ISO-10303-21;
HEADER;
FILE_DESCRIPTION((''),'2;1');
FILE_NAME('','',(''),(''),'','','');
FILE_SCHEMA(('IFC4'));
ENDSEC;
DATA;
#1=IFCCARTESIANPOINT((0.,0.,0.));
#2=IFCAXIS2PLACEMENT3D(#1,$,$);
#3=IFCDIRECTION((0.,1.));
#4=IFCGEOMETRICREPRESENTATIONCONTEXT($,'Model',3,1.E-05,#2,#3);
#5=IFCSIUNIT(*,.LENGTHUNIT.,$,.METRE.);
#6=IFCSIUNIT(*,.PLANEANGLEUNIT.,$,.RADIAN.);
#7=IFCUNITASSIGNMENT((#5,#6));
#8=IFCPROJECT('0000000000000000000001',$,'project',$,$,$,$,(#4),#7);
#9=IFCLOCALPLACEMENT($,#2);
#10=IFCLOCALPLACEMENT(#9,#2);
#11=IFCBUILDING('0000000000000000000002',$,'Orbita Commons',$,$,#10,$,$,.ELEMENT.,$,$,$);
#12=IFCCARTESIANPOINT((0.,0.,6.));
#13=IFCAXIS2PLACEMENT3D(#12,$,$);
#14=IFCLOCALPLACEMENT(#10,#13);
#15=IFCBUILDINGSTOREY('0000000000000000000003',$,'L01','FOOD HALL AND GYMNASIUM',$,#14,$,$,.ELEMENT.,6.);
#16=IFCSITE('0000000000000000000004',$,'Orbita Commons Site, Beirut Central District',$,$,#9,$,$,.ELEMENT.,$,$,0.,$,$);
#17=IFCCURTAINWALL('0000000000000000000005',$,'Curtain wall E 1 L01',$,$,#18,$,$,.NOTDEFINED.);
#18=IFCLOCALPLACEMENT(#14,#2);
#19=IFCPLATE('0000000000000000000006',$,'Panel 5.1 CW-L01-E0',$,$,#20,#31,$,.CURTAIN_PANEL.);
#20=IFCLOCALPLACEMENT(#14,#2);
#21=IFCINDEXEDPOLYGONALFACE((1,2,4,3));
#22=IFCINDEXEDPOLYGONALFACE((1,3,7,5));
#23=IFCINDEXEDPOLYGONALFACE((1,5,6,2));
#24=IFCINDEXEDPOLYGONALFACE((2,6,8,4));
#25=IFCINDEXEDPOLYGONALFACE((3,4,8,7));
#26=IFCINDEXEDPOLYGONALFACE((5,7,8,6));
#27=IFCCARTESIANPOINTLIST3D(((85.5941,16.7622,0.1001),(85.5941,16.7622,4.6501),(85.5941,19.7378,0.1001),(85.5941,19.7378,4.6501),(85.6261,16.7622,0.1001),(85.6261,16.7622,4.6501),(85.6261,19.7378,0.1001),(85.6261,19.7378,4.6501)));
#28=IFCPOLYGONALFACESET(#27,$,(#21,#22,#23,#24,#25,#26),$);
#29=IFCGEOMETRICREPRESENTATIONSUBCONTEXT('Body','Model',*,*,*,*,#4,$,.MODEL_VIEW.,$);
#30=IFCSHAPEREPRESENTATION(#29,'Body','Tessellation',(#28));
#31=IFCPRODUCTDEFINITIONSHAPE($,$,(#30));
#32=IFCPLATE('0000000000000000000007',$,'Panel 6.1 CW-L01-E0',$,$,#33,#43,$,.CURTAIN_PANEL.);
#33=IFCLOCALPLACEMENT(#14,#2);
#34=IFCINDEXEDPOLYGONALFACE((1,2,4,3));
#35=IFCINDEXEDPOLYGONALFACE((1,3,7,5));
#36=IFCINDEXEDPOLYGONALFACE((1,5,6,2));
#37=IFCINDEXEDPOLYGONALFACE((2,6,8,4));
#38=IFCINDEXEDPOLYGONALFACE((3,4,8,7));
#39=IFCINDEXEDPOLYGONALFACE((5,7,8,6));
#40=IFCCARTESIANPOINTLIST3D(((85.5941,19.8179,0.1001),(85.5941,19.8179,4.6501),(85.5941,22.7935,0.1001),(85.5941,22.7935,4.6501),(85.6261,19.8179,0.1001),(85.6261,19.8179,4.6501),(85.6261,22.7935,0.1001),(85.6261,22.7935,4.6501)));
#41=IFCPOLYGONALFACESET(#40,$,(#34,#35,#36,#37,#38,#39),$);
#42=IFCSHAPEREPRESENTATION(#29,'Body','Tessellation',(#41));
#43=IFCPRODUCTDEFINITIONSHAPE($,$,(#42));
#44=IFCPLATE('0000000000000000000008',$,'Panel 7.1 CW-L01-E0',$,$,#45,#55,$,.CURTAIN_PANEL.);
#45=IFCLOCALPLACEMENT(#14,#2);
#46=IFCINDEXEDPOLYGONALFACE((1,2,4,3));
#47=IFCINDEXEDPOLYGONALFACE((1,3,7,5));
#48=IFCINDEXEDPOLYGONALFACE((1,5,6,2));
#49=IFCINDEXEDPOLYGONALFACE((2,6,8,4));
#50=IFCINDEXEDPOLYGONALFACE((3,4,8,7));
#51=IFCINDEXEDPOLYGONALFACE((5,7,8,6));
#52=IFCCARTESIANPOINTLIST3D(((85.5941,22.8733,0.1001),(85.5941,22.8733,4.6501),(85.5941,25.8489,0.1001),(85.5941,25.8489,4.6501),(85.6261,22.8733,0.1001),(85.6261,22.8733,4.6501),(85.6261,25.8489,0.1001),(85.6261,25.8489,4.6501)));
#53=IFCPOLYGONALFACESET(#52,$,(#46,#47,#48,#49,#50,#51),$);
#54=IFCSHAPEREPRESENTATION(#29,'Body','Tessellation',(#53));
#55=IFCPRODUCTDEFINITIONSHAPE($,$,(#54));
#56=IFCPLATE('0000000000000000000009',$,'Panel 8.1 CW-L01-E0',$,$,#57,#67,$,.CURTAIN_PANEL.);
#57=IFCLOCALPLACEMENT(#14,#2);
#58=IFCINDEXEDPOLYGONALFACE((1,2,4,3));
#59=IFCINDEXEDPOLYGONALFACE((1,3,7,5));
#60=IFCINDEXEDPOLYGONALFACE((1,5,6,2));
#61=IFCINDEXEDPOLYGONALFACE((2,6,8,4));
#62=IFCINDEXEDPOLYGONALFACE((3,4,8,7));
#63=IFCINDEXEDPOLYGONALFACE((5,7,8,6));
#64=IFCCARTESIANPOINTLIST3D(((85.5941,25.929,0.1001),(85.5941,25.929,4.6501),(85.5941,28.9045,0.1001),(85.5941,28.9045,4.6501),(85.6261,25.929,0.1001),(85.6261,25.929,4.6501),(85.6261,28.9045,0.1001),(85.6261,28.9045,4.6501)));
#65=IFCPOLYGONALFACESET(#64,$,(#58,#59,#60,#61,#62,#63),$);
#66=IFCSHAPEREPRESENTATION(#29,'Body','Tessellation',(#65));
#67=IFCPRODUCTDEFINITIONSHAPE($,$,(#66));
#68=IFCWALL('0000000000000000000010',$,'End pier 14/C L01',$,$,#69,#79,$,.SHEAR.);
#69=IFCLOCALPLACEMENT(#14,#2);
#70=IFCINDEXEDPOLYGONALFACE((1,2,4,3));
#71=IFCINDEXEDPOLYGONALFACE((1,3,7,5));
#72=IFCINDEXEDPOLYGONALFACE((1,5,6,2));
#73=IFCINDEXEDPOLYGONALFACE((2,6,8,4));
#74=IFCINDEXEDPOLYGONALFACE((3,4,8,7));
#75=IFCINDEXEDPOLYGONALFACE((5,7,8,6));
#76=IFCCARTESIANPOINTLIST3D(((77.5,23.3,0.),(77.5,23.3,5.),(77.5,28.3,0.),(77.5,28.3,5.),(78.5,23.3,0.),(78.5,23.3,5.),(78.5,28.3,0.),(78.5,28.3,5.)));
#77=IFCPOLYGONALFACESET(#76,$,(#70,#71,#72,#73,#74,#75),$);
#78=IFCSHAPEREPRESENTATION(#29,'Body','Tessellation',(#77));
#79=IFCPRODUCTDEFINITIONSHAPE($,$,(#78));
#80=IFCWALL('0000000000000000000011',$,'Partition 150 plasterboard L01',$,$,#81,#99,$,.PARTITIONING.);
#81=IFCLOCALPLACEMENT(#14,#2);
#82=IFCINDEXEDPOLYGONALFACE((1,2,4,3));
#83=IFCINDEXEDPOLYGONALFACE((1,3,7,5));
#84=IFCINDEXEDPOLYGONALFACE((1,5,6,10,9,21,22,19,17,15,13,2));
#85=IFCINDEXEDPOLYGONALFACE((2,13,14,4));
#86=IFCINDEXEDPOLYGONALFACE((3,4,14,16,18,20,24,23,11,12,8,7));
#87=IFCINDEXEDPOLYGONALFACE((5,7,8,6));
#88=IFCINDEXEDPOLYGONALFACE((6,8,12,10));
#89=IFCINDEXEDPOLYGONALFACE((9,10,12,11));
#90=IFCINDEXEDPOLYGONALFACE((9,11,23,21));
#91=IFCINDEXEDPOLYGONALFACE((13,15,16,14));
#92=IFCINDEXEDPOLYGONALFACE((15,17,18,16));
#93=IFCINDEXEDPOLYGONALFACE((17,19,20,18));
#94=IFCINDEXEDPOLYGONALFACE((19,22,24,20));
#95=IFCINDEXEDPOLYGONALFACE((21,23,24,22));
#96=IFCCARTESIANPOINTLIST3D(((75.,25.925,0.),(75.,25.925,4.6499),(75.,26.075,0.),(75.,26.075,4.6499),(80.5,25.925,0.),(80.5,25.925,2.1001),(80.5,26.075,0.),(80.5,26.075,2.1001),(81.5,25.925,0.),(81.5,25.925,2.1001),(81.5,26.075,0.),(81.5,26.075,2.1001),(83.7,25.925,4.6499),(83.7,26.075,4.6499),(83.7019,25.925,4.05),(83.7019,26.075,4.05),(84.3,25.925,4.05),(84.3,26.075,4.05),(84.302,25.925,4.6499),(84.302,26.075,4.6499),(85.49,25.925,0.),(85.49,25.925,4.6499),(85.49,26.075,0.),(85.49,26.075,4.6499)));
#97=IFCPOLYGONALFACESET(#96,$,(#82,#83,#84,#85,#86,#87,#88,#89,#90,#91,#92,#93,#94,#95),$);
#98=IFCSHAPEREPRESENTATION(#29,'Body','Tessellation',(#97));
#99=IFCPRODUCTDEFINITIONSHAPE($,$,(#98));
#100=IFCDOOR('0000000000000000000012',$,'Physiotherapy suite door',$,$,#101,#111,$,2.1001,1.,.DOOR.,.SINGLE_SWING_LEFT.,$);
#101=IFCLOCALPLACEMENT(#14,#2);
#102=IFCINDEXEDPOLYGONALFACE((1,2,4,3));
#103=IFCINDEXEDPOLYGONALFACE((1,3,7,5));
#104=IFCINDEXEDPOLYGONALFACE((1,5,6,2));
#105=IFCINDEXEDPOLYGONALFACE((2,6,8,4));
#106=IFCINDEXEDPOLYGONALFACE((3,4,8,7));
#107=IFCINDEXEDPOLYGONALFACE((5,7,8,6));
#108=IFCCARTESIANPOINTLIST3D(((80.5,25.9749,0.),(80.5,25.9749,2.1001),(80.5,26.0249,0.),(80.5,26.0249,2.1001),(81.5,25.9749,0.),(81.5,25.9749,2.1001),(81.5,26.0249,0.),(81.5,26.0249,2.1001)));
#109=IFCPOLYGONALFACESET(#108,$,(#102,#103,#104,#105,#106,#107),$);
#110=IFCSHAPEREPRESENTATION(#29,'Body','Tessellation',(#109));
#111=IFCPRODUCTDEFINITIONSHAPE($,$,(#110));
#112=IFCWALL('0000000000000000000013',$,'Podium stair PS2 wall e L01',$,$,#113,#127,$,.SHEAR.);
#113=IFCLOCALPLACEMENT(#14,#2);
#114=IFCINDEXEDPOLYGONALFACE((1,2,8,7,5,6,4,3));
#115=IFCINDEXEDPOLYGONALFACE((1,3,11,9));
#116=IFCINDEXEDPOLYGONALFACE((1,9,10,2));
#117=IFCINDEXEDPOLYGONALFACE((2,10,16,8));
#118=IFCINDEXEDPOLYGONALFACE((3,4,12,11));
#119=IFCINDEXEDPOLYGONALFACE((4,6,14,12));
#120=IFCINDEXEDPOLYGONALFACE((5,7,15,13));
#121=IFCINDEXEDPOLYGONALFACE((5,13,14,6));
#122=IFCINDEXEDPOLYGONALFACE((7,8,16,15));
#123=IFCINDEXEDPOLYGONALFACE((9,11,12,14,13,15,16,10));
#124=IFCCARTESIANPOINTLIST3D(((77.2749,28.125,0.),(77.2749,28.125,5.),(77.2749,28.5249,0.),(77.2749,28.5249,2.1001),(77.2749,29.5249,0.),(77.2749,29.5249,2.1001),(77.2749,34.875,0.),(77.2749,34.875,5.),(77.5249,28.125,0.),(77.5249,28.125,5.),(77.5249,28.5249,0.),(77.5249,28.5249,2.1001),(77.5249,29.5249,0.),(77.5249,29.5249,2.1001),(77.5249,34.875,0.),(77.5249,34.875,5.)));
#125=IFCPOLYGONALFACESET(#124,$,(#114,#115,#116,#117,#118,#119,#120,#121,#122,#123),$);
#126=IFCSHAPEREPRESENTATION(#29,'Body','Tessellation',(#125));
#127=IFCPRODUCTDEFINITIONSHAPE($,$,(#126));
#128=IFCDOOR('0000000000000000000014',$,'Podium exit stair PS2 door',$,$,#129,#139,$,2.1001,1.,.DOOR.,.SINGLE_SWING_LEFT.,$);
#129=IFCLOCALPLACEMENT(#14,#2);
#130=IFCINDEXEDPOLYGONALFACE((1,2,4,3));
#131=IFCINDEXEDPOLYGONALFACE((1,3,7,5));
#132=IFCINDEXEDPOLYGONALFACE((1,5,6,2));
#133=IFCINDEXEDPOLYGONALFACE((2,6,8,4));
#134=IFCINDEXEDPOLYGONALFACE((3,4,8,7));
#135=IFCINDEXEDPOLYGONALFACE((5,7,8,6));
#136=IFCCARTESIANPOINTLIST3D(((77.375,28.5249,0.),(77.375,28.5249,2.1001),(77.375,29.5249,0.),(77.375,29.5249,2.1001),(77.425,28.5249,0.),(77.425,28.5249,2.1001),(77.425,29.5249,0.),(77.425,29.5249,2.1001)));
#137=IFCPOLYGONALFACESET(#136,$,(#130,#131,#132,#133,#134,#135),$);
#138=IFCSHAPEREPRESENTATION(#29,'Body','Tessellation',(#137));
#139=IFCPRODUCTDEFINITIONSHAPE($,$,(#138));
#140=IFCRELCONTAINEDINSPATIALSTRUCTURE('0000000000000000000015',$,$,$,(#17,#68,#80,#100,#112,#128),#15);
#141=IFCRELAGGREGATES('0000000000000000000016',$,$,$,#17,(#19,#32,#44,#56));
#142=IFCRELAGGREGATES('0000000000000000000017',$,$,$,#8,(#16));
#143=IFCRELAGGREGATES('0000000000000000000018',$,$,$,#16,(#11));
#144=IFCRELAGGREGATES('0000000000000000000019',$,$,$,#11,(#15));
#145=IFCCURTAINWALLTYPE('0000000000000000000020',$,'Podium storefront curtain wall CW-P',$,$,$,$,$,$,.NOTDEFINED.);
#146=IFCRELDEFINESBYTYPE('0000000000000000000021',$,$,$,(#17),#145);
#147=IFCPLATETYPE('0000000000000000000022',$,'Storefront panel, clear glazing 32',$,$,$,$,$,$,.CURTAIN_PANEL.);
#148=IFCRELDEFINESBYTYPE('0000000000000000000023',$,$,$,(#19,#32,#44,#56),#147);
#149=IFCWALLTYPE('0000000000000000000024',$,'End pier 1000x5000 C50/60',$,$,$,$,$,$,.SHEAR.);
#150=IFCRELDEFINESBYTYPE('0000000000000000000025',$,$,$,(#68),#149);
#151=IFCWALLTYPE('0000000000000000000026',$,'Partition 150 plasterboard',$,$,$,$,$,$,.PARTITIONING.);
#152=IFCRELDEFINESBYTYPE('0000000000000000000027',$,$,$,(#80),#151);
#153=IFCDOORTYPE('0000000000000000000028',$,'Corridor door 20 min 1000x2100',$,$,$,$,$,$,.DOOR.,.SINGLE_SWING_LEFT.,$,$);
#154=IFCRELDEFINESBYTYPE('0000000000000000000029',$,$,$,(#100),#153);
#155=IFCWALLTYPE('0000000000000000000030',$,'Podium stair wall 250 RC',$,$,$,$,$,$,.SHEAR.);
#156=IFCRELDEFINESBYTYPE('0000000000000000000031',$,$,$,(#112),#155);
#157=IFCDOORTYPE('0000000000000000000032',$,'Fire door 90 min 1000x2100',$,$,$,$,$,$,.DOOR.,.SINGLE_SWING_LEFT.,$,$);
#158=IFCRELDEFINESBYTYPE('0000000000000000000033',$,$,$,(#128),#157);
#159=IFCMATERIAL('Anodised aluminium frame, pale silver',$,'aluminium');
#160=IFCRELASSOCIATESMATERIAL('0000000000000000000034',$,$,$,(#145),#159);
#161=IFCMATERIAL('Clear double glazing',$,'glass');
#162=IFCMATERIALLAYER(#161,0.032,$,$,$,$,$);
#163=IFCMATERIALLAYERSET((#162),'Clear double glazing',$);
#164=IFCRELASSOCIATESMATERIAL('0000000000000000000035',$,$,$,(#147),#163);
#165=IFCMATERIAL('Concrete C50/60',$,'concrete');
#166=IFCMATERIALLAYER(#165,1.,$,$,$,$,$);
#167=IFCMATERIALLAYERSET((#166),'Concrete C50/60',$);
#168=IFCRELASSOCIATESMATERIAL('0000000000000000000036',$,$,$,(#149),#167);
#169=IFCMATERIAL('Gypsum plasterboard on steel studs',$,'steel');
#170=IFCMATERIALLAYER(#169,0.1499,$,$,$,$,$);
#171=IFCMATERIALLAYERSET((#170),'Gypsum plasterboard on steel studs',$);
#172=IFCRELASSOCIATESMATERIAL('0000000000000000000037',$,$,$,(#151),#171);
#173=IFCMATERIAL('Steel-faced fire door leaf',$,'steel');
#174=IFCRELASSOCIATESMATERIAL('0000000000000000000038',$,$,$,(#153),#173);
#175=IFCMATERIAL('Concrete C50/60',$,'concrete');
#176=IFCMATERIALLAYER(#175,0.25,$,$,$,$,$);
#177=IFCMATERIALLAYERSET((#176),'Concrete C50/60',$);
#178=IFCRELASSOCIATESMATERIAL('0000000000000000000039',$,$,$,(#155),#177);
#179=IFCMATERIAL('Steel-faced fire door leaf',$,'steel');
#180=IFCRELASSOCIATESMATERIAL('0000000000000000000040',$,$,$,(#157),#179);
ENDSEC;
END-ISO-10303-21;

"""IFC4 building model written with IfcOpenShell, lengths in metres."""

from ifc_helpers import new_model, si_unit, direction, frame, frame_2d, origin, origin_2d, place, context, subcontext, project, spatial, polyline, rectangle, outline, extrude, material, layer, layer_set, type_object, element, fill, aggregate, save


model = new_model("IFC4")

# Units and contexts
model_context = context("Model", 3, precision=1e-05, world=origin(), true_north=direction((0.0, 1.0)))
body_context = subcontext(model_context, "Body", "Model", "MODEL_VIEW")
ifc_project = project(units=[si_unit("LENGTHUNIT", "METRE"), si_unit("PLANEANGLEUNIT", "RADIAN")], contexts=[model_context])

# Site, building, storey
site_placement = place(None, origin())
site = spatial("IfcSite", under=ifc_project, at=site_placement, Name="Orbita Commons Site, Beirut Central District", CompositionType="ELEMENT", RefElevation=0.0)
building_placement = place(site_placement, origin())
building = spatial("IfcBuilding", under=site, at=building_placement, Name="Orbita Commons", CompositionType="ELEMENT")
storey_placement = place(building_placement, frame((0.0, 0.0, 6.0)))
storey = spatial("IfcBuildingStorey", under=building, at=storey_placement, Name="L01", Description="FOOD HALL AND GYMNASIUM", CompositionType="ELEMENT", Elevation=6.0)

# Curtain wall
ifc_material_1 = material(Name="Anodised aluminium frame, pale silver", Category="aluminium")
curtain_wall_type = type_object("IfcCurtainWallType", Name="Podium storefront curtain wall CW-P", PredefinedType="NOTDEFINED", material=ifc_material_1)
curtain_wall_placement = place(storey_placement, origin())
curtain_wall = element("IfcCurtainWall", 1, at=curtain_wall_placement, inside=storey, type_object=curtain_wall_type, Name="Curtain wall E 1 L01", PredefinedType="NOTDEFINED")

# Plates
ifc_material_2 = material(Name="Clear double glazing", Category="glass")
ifc_layer_1 = layer(ifc_material_2, 0.032)
ifc_layer_set_1 = layer_set([ifc_layer_1], Name="Clear double glazing")
plate_type = type_object("IfcPlateType", Name="Storefront panel, clear glazing 32", PredefinedType="CURTAIN_PANEL", material=ifc_layer_set_1)
plate_1_placement = place(storey_placement, frame((85.6101, 18.25, 0.1001), z_axis=(0.0, 0.0, 1.0), x_axis=(0.0, 1.0, 0.0)))
plate_1 = element("IfcPlate", 2, at=plate_1_placement, type_object=plate_type, Name="Panel 5.1 CW-L01-E0", PredefinedType="CURTAIN_PANEL", context=body_context, shape_type="SweptSolid", body=[
    extrude(rectangle(XDim=2.9756, YDim=0.032, at=origin_2d()), origin(), (0.0, 0.0, 1.0), 4.55),
])
plate_2_placement = place(storey_placement, frame((85.6101, 21.3057, 0.1001), z_axis=(0.0, 0.0, 1.0), x_axis=(0.0, 1.0, 0.0)))
plate_2 = element("IfcPlate", 3, at=plate_2_placement, type_object=plate_type, Name="Panel 6.1 CW-L01-E0", PredefinedType="CURTAIN_PANEL", context=body_context, shape_type="SweptSolid", body=[
    extrude(rectangle(XDim=2.9756, YDim=0.032, at=origin_2d()), origin(), (0.0, 0.0, 1.0), 4.55),
])
plate_3_placement = place(storey_placement, frame((85.6101, 24.3611, 0.1001), z_axis=(0.0, 0.0, 1.0), x_axis=(0.0, 1.0, 0.0)))
plate_3 = element("IfcPlate", 4, at=plate_3_placement, type_object=plate_type, Name="Panel 7.1 CW-L01-E0", PredefinedType="CURTAIN_PANEL", context=body_context, shape_type="SweptSolid", body=[
    extrude(rectangle(XDim=2.9756, YDim=0.032, at=origin_2d()), origin(), (0.0, 0.0, 1.0), 4.55),
])
plate_4_placement = place(storey_placement, frame((85.6101, 27.4167, 0.1001), z_axis=(0.0, 0.0, 1.0), x_axis=(0.0, 1.0, 0.0)))
plate_4 = element("IfcPlate", 5, at=plate_4_placement, type_object=plate_type, Name="Panel 8.1 CW-L01-E0", PredefinedType="CURTAIN_PANEL", context=body_context, shape_type="SweptSolid", body=[
    extrude(rectangle(XDim=2.9756, YDim=0.032, at=origin_2d()), origin(), (0.0, 0.0, 1.0), 4.55),
])
aggregate(curtain_wall, [plate_1, plate_2, plate_3, plate_4])

# Wall
ifc_material_3 = material(Name="Concrete C50/60", Category="concrete")
ifc_layer_2 = layer(ifc_material_3, 1.0)
ifc_layer_set_2 = layer_set([ifc_layer_2], Name="Concrete C50/60")
wall_type_1 = type_object("IfcWallType", Name="End pier 1000x5000 C50/60", PredefinedType="SHEAR", material=ifc_layer_set_2)
wall_1_placement = place(storey_placement, frame((78.0, 23.3, 0.0), z_axis=(0.0, 0.0, 1.0), x_axis=(0.0, 1.0, 0.0)))
element("IfcWall", 6, at=wall_1_placement, inside=storey, type_object=wall_type_1, Name="End pier 14/C L01", PredefinedType="SHEAR", context=body_context, shape_type="SweptSolid", body=[
    extrude(rectangle(XDim=5.0, YDim=1.0, at=frame_2d((2.5, 0.0))), origin(), (0.0, 0.0, 1.0), 5.0),
])

# Walls, openings, doors
ifc_material_4 = material(Name="Gypsum plasterboard on steel studs", Category="steel")
ifc_layer_3 = layer(ifc_material_4, 0.1499)
ifc_layer_set_3 = layer_set([ifc_layer_3], Name="Gypsum plasterboard on steel studs")
wall_type_2 = type_object("IfcWallType", Name="Partition 150 plasterboard", PredefinedType="PARTITIONING", material=ifc_layer_set_3)
wall_2_placement = place(storey_placement, frame((75.0, 26.0, 0.0), z_axis=(0.0, 0.0, 1.0), x_axis=(1.0, 0.0, 0.0)))
wall_2 = element("IfcWall", 7, at=wall_2_placement, inside=storey, type_object=wall_type_2, Name="Partition 150 plasterboard L01", PredefinedType="PARTITIONING", context=body_context, shape_type="SweptSolid", body=[
    extrude(outline(polyline([(0.0, 0.0), (10.49, 0.0), (10.49, 4.6499), (9.302, 4.6499), (9.3, 4.05), (8.7019, 4.05), (8.7, 4.6499), (0.0, 4.6499), (0.0, 0.0)])), frame((0.0, 0.075, 0.0), z_axis=(0.0, -1.0, 0.0), x_axis=(1.0, 0.0, 0.0)), (0.0, 0.0, 1.0), 0.1499),
])
opening_1_placement = place(wall_2_placement, frame((5.5, 0.0, 0.0)))
opening_1 = element("IfcOpeningElement", 8, at=opening_1_placement, cuts=wall_2, PredefinedType="OPENING", context=body_context, shape_type="SweptSolid", body=[
    extrude(rectangle(XDim=1.0, YDim=2.1001, at=frame_2d((0.5, 1.05))), frame((0.0, 0.085, 0.0), z_axis=(0.0, -1.0, 0.0), x_axis=(1.0, 0.0, 0.0)), (0.0, 0.0, 1.0), 0.1699),
])
ifc_material_5 = material(Name="Steel-faced fire door leaf", Category="steel")
door_type_1 = type_object("IfcDoorType", Name="Corridor door 20 min 1000x2100", OperationType="SINGLE_SWING_LEFT", PredefinedType="DOOR", material=ifc_material_5)
door_1_placement = place(opening_1_placement, origin())
door_1 = element("IfcDoor", 9, at=door_1_placement, inside=storey, type_object=door_type_1, Name="Physiotherapy suite door", OperationType="SINGLE_SWING_LEFT", OverallHeight=2.1001, OverallWidth=1.0, PredefinedType="DOOR", context=body_context, shape_type="SweptSolid", body=[
    extrude(rectangle(XDim=1.0, YDim=2.1001, at=frame_2d((0.5, 1.05))), frame((0.0, 0.0249, 0.0), z_axis=(0.0, -1.0, 0.0), x_axis=(1.0, 0.0, 0.0)), (0.0, 0.0, 1.0), 0.05),
])
fill(opening_1, door_1)
ifc_material_6 = material(Name="Concrete C50/60", Category="concrete")
ifc_layer_4 = layer(ifc_material_6, 0.25)
ifc_layer_set_4 = layer_set([ifc_layer_4], Name="Concrete C50/60")
wall_type_3 = type_object("IfcWallType", Name="Podium stair wall 250 RC", PredefinedType="SHEAR", material=ifc_layer_set_4)
wall_3_placement = place(storey_placement, frame((77.3999, 28.125, 0.0), z_axis=(0.0, 0.0, 1.0), x_axis=(0.0, 1.0, 0.0)))
wall_3 = element("IfcWall", 10, at=wall_3_placement, inside=storey, type_object=wall_type_3, Name="Podium stair PS2 wall e L01", PredefinedType="SHEAR", context=body_context, shape_type="SweptSolid", body=[
    extrude(rectangle(XDim=6.75, YDim=0.25, at=frame_2d((3.375, 0.0))), origin(), (0.0, 0.0, 1.0), 5.0),
])
opening_2_placement = place(wall_3_placement, frame((0.3999, 0.0, 0.0)))
opening_2 = element("IfcOpeningElement", 11, at=opening_2_placement, cuts=wall_3, PredefinedType="OPENING", context=body_context, shape_type="SweptSolid", body=[
    extrude(rectangle(XDim=1.0, YDim=2.1001, at=frame_2d((0.5, 1.05))), frame((0.0, 0.135, 0.0), z_axis=(0.0, -1.0, 0.0), x_axis=(1.0, 0.0, 0.0)), (0.0, 0.0, 1.0), 0.27),
])
ifc_material_7 = material(Name="Steel-faced fire door leaf", Category="steel")
door_type_2 = type_object("IfcDoorType", Name="Fire door 90 min 1000x2100", OperationType="SINGLE_SWING_LEFT", PredefinedType="DOOR", material=ifc_material_7)
door_2_placement = place(opening_2_placement, origin())
door_2 = element("IfcDoor", 12, at=door_2_placement, inside=storey, type_object=door_type_2, Name="Podium exit stair PS2 door", OperationType="SINGLE_SWING_LEFT", OverallHeight=2.1001, OverallWidth=1.0, PredefinedType="DOOR", context=body_context, shape_type="SweptSolid", body=[
    extrude(rectangle(XDim=1.0, YDim=2.1001, at=frame_2d((0.5, 1.05))), frame((0.0, 0.0249, 0.0), z_axis=(0.0, -1.0, 0.0), x_axis=(1.0, 0.0, 0.0)), (0.0, 0.0, 1.0), 0.05),
])
fill(opening_2, door_2)

save(model, "model.ifc")
